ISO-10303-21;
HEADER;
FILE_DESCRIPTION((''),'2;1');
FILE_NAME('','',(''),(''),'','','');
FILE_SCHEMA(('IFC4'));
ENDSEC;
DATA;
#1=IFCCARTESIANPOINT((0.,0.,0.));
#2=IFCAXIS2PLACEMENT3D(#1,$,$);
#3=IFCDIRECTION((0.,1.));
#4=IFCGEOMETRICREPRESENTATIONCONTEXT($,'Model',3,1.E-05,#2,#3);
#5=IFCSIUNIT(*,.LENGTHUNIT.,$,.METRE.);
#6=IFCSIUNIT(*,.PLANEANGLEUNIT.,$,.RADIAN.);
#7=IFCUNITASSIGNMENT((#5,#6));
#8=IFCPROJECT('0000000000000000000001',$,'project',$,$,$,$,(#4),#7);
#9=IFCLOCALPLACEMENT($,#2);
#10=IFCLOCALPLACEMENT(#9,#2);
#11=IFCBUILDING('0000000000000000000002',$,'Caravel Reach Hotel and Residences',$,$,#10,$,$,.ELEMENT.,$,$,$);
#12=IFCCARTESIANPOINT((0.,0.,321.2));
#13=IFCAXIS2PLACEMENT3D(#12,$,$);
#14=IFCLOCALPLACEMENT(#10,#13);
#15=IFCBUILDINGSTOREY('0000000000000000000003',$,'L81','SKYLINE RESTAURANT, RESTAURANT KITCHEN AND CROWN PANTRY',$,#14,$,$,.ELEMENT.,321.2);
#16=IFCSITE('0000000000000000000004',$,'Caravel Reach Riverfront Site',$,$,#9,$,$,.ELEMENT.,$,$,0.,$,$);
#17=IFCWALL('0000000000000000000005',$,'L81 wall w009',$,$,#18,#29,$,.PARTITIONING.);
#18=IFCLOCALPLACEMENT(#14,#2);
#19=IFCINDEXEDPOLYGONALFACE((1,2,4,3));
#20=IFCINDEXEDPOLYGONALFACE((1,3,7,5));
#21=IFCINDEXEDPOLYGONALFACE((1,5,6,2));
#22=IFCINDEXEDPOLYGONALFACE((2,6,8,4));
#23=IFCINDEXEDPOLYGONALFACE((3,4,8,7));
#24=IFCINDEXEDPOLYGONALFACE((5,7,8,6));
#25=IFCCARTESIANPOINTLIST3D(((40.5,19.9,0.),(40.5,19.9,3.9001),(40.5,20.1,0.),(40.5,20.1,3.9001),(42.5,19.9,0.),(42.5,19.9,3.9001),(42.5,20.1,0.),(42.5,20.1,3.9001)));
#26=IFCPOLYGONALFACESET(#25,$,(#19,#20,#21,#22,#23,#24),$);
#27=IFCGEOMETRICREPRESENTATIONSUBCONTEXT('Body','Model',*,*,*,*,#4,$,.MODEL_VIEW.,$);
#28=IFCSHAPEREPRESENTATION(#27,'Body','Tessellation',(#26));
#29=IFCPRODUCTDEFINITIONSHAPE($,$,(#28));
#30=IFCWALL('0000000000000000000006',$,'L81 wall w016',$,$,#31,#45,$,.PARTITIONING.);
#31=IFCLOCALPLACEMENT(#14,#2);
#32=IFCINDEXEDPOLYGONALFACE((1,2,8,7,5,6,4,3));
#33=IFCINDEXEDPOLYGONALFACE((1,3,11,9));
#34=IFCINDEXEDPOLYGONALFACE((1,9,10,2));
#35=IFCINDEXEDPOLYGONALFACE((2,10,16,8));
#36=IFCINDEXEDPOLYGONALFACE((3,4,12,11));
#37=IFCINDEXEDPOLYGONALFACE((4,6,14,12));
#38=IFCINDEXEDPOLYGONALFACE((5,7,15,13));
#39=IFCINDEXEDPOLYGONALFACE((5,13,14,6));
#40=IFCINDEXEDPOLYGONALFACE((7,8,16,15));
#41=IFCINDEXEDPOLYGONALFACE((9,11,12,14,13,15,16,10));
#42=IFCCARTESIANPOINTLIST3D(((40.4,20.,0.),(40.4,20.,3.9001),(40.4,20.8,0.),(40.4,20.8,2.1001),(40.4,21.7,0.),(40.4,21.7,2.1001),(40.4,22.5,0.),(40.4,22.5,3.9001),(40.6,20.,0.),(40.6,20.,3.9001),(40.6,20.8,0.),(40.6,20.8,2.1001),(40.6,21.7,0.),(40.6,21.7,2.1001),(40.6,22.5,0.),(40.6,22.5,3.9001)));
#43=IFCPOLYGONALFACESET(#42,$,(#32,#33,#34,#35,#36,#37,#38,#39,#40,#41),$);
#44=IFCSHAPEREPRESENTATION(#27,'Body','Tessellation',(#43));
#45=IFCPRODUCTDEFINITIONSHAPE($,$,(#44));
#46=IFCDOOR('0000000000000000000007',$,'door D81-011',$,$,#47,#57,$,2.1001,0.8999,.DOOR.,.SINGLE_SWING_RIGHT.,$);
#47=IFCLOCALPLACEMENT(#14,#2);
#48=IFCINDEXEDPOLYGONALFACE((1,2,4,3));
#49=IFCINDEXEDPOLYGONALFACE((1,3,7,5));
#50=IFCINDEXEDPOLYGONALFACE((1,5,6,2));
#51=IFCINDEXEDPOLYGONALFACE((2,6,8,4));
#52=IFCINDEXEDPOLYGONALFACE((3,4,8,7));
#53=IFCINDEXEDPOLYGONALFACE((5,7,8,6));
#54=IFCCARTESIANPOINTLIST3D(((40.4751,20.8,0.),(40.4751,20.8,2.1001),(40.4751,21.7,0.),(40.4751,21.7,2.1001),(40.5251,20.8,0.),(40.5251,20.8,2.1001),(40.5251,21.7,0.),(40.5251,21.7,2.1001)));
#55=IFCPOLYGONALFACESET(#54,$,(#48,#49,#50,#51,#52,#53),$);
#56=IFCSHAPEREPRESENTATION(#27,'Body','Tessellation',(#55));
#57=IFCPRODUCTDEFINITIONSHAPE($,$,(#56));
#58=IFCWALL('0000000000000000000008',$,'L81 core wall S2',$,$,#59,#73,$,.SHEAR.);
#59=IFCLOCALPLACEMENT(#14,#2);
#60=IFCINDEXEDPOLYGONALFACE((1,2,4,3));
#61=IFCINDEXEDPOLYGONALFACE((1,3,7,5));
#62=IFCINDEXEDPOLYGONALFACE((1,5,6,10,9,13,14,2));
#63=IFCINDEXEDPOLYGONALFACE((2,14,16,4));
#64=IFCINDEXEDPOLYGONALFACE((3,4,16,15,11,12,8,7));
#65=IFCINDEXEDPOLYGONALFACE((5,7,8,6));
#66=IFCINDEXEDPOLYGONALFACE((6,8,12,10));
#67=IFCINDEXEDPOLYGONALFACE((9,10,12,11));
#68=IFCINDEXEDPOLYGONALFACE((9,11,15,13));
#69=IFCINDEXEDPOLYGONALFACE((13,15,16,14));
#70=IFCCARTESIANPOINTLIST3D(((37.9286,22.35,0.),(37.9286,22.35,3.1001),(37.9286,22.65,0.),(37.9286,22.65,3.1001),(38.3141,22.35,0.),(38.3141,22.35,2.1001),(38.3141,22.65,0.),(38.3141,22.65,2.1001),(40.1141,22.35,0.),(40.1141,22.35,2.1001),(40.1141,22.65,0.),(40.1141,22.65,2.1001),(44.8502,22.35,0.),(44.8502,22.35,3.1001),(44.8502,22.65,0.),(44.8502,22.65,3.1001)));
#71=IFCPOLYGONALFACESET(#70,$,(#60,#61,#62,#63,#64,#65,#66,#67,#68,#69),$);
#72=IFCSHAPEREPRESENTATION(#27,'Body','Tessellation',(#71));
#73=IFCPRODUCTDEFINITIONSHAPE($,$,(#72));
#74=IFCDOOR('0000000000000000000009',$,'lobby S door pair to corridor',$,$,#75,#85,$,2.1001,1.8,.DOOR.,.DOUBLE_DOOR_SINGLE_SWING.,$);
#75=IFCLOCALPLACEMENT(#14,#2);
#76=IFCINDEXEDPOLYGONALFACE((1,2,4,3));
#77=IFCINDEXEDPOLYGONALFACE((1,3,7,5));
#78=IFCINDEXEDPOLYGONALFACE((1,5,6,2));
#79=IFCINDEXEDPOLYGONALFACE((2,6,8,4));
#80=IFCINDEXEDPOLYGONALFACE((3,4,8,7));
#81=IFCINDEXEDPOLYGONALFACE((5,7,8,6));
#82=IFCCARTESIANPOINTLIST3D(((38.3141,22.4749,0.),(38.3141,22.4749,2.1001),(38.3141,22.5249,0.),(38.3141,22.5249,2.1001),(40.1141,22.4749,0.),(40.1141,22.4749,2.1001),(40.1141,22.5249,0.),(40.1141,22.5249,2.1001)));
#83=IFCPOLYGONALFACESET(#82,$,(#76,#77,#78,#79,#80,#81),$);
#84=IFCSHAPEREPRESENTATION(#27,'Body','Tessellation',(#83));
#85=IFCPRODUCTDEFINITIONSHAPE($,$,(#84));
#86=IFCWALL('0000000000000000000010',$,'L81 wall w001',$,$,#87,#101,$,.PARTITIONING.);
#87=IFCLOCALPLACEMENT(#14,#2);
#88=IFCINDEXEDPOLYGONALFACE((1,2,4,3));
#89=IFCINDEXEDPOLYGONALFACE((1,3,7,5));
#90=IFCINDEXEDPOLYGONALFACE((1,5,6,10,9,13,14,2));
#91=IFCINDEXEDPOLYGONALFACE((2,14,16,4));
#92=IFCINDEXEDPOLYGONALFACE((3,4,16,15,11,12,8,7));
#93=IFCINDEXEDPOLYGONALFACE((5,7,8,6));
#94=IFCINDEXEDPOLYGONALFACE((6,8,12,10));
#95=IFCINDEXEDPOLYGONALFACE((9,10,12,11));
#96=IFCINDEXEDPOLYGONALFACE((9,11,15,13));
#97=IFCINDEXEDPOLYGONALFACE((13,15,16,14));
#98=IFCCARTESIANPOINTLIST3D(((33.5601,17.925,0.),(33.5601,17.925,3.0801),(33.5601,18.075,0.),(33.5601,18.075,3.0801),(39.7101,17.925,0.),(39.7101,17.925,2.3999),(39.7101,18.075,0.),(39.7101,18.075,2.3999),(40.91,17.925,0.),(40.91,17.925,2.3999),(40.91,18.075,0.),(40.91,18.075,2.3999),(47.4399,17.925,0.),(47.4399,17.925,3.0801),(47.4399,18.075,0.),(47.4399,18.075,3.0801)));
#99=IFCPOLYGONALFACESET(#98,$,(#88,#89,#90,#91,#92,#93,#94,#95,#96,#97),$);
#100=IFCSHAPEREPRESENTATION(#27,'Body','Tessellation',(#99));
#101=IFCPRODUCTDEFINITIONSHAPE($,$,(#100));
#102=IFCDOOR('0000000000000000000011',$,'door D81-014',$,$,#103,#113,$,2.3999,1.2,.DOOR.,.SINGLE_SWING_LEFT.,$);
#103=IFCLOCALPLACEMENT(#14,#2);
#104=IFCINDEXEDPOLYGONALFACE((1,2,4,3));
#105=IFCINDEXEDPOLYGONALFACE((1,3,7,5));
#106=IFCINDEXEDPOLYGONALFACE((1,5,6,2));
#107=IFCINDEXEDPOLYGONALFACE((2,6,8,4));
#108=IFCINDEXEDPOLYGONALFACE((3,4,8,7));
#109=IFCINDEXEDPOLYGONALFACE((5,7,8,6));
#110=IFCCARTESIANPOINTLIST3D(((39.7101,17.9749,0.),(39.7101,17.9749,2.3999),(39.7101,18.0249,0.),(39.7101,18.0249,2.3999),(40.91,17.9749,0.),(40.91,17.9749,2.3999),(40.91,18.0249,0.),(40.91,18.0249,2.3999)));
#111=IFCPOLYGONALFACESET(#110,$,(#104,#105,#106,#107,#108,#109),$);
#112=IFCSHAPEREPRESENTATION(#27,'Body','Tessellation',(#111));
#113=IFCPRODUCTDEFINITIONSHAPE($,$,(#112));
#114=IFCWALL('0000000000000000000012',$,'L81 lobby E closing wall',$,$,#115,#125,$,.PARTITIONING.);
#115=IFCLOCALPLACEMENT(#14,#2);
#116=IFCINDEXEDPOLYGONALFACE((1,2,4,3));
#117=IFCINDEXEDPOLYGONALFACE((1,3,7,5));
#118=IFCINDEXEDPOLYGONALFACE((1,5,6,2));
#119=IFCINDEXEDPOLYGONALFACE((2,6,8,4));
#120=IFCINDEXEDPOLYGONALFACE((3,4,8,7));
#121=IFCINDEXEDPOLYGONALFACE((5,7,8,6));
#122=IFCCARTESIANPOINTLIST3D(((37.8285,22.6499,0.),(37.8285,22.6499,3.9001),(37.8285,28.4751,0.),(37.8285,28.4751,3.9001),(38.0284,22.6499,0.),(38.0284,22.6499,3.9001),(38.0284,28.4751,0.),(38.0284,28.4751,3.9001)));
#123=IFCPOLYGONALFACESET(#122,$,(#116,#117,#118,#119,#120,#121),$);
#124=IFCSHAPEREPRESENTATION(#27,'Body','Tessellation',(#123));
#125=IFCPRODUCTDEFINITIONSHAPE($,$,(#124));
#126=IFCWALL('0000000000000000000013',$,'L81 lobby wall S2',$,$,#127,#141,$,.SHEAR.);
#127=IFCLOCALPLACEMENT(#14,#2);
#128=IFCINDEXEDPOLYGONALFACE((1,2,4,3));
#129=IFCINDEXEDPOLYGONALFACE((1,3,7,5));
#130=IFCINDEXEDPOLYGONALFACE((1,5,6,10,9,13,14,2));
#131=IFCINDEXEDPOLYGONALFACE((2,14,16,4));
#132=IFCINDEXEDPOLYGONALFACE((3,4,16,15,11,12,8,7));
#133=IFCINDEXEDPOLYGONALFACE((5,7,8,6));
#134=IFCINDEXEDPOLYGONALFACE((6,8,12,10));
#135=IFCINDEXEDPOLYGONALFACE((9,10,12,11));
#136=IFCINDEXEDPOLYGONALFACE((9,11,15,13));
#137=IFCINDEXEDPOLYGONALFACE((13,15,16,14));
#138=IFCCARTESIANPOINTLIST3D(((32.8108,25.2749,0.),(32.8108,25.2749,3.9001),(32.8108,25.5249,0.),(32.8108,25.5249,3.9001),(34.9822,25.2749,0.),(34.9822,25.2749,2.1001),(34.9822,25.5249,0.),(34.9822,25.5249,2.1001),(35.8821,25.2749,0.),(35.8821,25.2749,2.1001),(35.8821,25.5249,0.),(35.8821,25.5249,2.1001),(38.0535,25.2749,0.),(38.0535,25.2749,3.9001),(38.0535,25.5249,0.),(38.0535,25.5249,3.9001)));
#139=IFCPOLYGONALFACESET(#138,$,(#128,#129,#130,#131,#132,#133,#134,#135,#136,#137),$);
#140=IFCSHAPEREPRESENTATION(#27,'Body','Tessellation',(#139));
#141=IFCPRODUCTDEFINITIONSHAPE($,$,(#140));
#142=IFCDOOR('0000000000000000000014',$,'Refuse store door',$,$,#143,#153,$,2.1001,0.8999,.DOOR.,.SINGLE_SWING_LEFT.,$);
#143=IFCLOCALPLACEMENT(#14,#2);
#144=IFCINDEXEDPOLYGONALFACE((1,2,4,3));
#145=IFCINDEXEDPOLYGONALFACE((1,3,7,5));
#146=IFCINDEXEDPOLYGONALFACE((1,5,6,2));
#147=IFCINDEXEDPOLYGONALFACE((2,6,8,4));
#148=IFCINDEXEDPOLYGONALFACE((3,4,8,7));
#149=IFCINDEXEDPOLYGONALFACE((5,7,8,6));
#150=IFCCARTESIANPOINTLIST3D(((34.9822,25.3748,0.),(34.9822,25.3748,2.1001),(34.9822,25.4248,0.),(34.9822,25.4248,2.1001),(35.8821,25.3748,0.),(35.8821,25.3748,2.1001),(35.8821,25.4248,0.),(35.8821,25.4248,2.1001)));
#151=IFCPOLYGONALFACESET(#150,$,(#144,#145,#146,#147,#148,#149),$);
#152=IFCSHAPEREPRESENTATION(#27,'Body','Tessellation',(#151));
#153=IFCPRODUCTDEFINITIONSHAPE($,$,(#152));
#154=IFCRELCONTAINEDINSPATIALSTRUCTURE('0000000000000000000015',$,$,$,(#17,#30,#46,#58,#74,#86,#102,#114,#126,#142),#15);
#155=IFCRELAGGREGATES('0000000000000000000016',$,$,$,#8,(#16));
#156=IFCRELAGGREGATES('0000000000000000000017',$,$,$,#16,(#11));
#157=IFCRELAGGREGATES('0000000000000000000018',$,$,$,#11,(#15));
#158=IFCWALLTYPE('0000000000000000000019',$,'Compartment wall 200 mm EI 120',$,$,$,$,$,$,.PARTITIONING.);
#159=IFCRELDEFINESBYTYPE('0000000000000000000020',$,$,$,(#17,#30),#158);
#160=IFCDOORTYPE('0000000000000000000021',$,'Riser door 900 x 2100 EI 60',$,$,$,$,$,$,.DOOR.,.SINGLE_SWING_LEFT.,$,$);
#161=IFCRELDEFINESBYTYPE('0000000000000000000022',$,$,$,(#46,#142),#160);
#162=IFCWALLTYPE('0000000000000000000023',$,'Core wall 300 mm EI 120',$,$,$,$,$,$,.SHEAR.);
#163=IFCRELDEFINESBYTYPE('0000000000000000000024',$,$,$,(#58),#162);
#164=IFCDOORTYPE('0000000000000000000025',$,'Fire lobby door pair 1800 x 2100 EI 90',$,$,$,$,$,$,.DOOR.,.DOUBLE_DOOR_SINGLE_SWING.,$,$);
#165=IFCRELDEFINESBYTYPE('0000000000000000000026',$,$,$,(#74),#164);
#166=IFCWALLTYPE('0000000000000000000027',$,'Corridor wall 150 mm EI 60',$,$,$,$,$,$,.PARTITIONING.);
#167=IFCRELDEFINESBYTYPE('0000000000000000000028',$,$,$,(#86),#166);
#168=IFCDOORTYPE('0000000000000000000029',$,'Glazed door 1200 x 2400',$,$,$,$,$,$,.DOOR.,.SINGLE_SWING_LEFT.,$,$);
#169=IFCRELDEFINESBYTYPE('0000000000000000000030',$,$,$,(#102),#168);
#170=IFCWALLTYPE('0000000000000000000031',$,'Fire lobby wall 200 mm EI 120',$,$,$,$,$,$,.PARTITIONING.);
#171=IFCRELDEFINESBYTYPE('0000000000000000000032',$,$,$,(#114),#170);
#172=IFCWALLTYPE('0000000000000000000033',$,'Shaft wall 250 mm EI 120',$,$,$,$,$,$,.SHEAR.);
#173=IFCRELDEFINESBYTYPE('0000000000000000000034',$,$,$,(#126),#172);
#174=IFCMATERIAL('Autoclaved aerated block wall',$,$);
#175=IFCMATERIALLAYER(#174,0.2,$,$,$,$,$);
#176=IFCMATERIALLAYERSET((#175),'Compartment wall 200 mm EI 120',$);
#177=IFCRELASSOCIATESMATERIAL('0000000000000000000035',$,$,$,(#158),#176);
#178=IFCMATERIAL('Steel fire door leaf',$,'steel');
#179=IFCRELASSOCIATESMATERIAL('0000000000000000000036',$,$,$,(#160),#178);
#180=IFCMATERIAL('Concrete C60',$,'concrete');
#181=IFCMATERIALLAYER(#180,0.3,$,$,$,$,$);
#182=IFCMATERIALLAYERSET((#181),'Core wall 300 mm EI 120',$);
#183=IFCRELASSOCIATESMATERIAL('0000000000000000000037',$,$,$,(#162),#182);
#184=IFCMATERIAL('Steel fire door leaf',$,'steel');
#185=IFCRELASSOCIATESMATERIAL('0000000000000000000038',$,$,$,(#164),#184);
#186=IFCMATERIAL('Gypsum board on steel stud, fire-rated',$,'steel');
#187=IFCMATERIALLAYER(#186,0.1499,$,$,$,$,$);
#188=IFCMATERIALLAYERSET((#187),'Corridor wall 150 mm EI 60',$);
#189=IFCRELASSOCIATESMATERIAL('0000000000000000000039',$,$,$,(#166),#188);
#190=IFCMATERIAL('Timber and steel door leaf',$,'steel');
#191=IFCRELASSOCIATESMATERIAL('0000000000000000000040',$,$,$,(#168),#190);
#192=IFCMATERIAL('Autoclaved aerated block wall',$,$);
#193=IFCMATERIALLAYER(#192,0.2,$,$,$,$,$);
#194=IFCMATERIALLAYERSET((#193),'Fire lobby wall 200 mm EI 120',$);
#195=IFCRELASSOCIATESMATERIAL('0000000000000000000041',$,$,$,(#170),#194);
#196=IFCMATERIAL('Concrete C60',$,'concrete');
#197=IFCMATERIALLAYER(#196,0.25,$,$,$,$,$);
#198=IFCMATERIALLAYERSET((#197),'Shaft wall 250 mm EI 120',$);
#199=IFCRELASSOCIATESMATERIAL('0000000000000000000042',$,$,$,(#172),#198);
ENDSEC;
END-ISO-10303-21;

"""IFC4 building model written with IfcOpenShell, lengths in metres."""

from ifc_helpers import new_model, si_unit, direction, frame, frame_2d, origin, place, context, subcontext, project, spatial, rectangle, extrude, material, layer, layer_set, type_object, element, fill, save


model = new_model("IFC4")

# Units and contexts
model_context = context("Model", 3, precision=1e-05, world=origin(), true_north=direction((0.0, 1.0)))
body_context = subcontext(model_context, "Body", "Model", "MODEL_VIEW")
ifc_project = project(units=[si_unit("LENGTHUNIT", "METRE"), si_unit("PLANEANGLEUNIT", "RADIAN")], contexts=[model_context])

# Site, building, storey
site_placement = place(None, origin())
site = spatial("IfcSite", under=ifc_project, at=site_placement, Name="Caravel Reach Riverfront Site", CompositionType="ELEMENT", RefElevation=0.0)
building_placement = place(site_placement, origin())
building = spatial("IfcBuilding", under=site, at=building_placement, Name="Caravel Reach Hotel and Residences", CompositionType="ELEMENT")
storey_placement = place(building_placement, frame((0.0, 0.0, 321.2)))
storey = spatial("IfcBuildingStorey", under=building, at=storey_placement, Name="L81", Description="SKYLINE RESTAURANT, RESTAURANT KITCHEN AND CROWN PANTRY", CompositionType="ELEMENT", Elevation=321.2)

# Wall
ifc_material_1 = material(Name="Autoclaved aerated block wall")
ifc_layer_1 = layer(ifc_material_1, 0.2)
ifc_layer_set_1 = layer_set([ifc_layer_1], Name="Compartment wall 200 mm EI 120")
wall_type_1 = type_object("IfcWallType", Name="Compartment wall 200 mm EI 120", PredefinedType="PARTITIONING", material=ifc_layer_set_1)
wall_1_placement = place(storey_placement, frame((40.5, 20.0, 0.0), z_axis=(0.0, 0.0, 1.0), x_axis=(1.0, 0.0, 0.0)))
element("IfcWall", 1, at=wall_1_placement, inside=storey, type_object=wall_type_1, Name="L81 wall w009", PredefinedType="PARTITIONING", context=body_context, shape_type="SweptSolid", body=[
    extrude(rectangle(XDim=2.0, YDim=0.2, at=frame_2d((1.0, 0.0))), origin(), (0.0, 0.0, 1.0), 3.9001),
])

# Walls, openings, doors
wall_2_placement = place(storey_placement, frame((40.5, 20.0, 0.0), z_axis=(0.0, 0.0, 1.0), x_axis=(0.0, 1.0, 0.0)))
wall_2 = element("IfcWall", 2, at=wall_2_placement, inside=storey, type_object=wall_type_1, Name="L81 wall w016", PredefinedType="PARTITIONING", context=body_context, shape_type="SweptSolid", body=[
    extrude(rectangle(XDim=2.5, YDim=0.2, at=frame_2d((1.25, 0.0))), origin(), (0.0, 0.0, 1.0), 3.9001),
])
opening_1_placement = place(wall_2_placement, frame((0.8, 0.0, 0.0)))
opening_1 = element("IfcOpeningElement", 3, at=opening_1_placement, cuts=wall_2, PredefinedType="OPENING", context=body_context, shape_type="SweptSolid", body=[
    extrude(rectangle(XDim=0.8999, YDim=2.1001, at=frame_2d((0.45, 1.05))), frame((0.0, 0.1099, 0.0), z_axis=(0.0, -1.0, 0.0), x_axis=(1.0, 0.0, 0.0)), (0.0, 0.0, 1.0), 0.22),
])
ifc_material_2 = material(Name="Steel fire door leaf", Category="steel")
door_type_1 = type_object("IfcDoorType", Name="Riser door 900 x 2100 EI 60", OperationType="SINGLE_SWING_LEFT", PredefinedType="DOOR", material=ifc_material_2)
door_1_placement = place(opening_1_placement, origin())
door_1 = element("IfcDoor", 4, at=door_1_placement, inside=storey, type_object=door_type_1, Name="door D81-011", OperationType="SINGLE_SWING_RIGHT", OverallHeight=2.1001, OverallWidth=0.8999, PredefinedType="DOOR", context=body_context, shape_type="SweptSolid", body=[
    extrude(rectangle(XDim=0.8999, YDim=2.1001, at=frame_2d((0.45, 1.05))), frame((0.0, 0.0249, 0.0), z_axis=(0.0, -1.0, 0.0), x_axis=(1.0, 0.0, 0.0)), (0.0, 0.0, 1.0), 0.05),
])
fill(opening_1, door_1)
ifc_material_3 = material(Name="Concrete C60", Category="concrete")
ifc_layer_2 = layer(ifc_material_3, 0.3)
ifc_layer_set_2 = layer_set([ifc_layer_2], Name="Core wall 300 mm EI 120")
wall_type_2 = type_object("IfcWallType", Name="Core wall 300 mm EI 120", PredefinedType="SHEAR", material=ifc_layer_set_2)
wall_3_placement = place(storey_placement, frame((37.9285, 22.5, 0.0), z_axis=(0.0, 0.0, 1.0), x_axis=(1.0, 0.0, 0.0)))
wall_3 = element("IfcWall", 5, at=wall_3_placement, inside=storey, type_object=wall_type_2, Name="L81 core wall S2", PredefinedType="SHEAR", context=body_context, shape_type="SweptSolid", body=[
    extrude(rectangle(XDim=6.9216, YDim=0.3, at=frame_2d((3.4609, 0.0))), origin(), (0.0, 0.0, 1.0), 3.1001),
])
opening_2_placement = place(wall_3_placement, frame((0.3857, 0.0, 0.0)))
opening_2 = element("IfcOpeningElement", 6, at=opening_2_placement, cuts=wall_3, PredefinedType="OPENING", context=body_context, shape_type="SweptSolid", body=[
    extrude(rectangle(XDim=1.8, YDim=2.1001, at=frame_2d((0.8999, 1.05))), frame((0.0, 0.1599, 0.0), z_axis=(0.0, -1.0, 0.0), x_axis=(1.0, 0.0, 0.0)), (0.0, 0.0, 1.0), 0.3201),
])
ifc_material_4 = material(Name="Steel fire door leaf", Category="steel")
door_type_2 = type_object("IfcDoorType", Name="Fire lobby door pair 1800 x 2100 EI 90", OperationType="DOUBLE_DOOR_SINGLE_SWING", PredefinedType="DOOR", material=ifc_material_4)
door_2_placement = place(opening_2_placement, origin())
door_2 = element("IfcDoor", 7, at=door_2_placement, inside=storey, type_object=door_type_2, Name="lobby S door pair to corridor", OperationType="DOUBLE_DOOR_SINGLE_SWING", OverallHeight=2.1001, OverallWidth=1.8, PredefinedType="DOOR", context=body_context, shape_type="SweptSolid", body=[
    extrude(rectangle(XDim=1.8, YDim=2.1001, at=frame_2d((0.8999, 1.05))), frame((0.0, 0.0249, 0.0), z_axis=(0.0, -1.0, 0.0), x_axis=(1.0, 0.0, 0.0)), (0.0, 0.0, 1.0), 0.05),
])
fill(opening_2, door_2)
ifc_material_5 = material(Name="Gypsum board on steel stud, fire-rated", Category="steel")
ifc_layer_3 = layer(ifc_material_5, 0.1499)
ifc_layer_set_3 = layer_set([ifc_layer_3], Name="Corridor wall 150 mm EI 60")
wall_type_3 = type_object("IfcWallType", Name="Corridor wall 150 mm EI 60", PredefinedType="PARTITIONING", material=ifc_layer_set_3)
wall_4_placement = place(storey_placement, frame((33.5601, 18.0, 0.0), z_axis=(0.0, 0.0, 1.0), x_axis=(1.0, 0.0, 0.0)))
wall_4 = element("IfcWall", 8, at=wall_4_placement, inside=storey, type_object=wall_type_3, Name="L81 wall w001", PredefinedType="PARTITIONING", context=body_context, shape_type="SweptSolid", body=[
    extrude(rectangle(XDim=13.8799, YDim=0.1499, at=frame_2d((6.9399, 0.0))), origin(), (0.0, 0.0, 1.0), 3.0801),
])
opening_3_placement = place(wall_4_placement, frame((6.1499, 0.0, 0.0)))
opening_3 = element("IfcOpeningElement", 9, at=opening_3_placement, cuts=wall_4, PredefinedType="OPENING", context=body_context, shape_type="SweptSolid", body=[
    extrude(rectangle(XDim=1.2, YDim=2.3999, at=frame_2d((0.6001, 1.2))), frame((0.0, 0.085, 0.0), z_axis=(0.0, -1.0, 0.0), x_axis=(1.0, 0.0, 0.0)), (0.0, 0.0, 1.0), 0.1699),
])
ifc_material_6 = material(Name="Timber and steel door leaf", Category="steel")
door_type_3 = type_object("IfcDoorType", Name="Glazed door 1200 x 2400", OperationType="SINGLE_SWING_LEFT", PredefinedType="DOOR", material=ifc_material_6)
door_3_placement = place(opening_3_placement, origin())
door_3 = element("IfcDoor", 10, at=door_3_placement, inside=storey, type_object=door_type_3, Name="door D81-014", OperationType="SINGLE_SWING_LEFT", OverallHeight=2.3999, OverallWidth=1.2, PredefinedType="DOOR", context=body_context, shape_type="SweptSolid", body=[
    extrude(rectangle(XDim=1.2, YDim=2.3999, at=frame_2d((0.6001, 1.2))), frame((0.0, 0.0249, 0.0), z_axis=(0.0, -1.0, 0.0), x_axis=(1.0, 0.0, 0.0)), (0.0, 0.0, 1.0), 0.05),
])
fill(opening_3, door_3)

# Wall
ifc_material_7 = material(Name="Autoclaved aerated block wall")
ifc_layer_4 = layer(ifc_material_7, 0.2)
ifc_layer_set_4 = layer_set([ifc_layer_4], Name="Fire lobby wall 200 mm EI 120")
wall_type_4 = type_object("IfcWallType", Name="Fire lobby wall 200 mm EI 120", PredefinedType="PARTITIONING", material=ifc_layer_set_4)
wall_5_placement = place(storey_placement, frame((37.9285, 22.6499, 0.0), z_axis=(0.0, 0.0, 1.0), x_axis=(0.0, 1.0, 0.0)))
element("IfcWall", 11, at=wall_5_placement, inside=storey, type_object=wall_type_4, Name="L81 lobby E closing wall", PredefinedType="PARTITIONING", context=body_context, shape_type="SweptSolid", body=[
    extrude(rectangle(XDim=5.8252, YDim=0.2, at=frame_2d((2.9126, 0.0))), origin(), (0.0, 0.0, 1.0), 3.9001),
])

# Wall, opening, door
ifc_material_8 = material(Name="Concrete C60", Category="concrete")
ifc_layer_5 = layer(ifc_material_8, 0.25)
ifc_layer_set_5 = layer_set([ifc_layer_5], Name="Shaft wall 250 mm EI 120")
wall_type_5 = type_object("IfcWallType", Name="Shaft wall 250 mm EI 120", PredefinedType="SHEAR", material=ifc_layer_set_5)
wall_6_placement = place(storey_placement, frame((32.8108, 25.3999, 0.0), z_axis=(0.0, 0.0, 1.0), x_axis=(1.0, 0.0, 0.0)))
wall_6 = element("IfcWall", 12, at=wall_6_placement, inside=storey, type_object=wall_type_5, Name="L81 lobby wall S2", PredefinedType="SHEAR", context=body_context, shape_type="SweptSolid", body=[
    extrude(rectangle(XDim=5.2427, YDim=0.25, at=frame_2d((2.6213, 0.0))), origin(), (0.0, 0.0, 1.0), 3.9001),
])
opening_4_placement = place(wall_6_placement, frame((2.1714, 0.0, 0.0)))
opening_4 = element("IfcOpeningElement", 13, at=opening_4_placement, cuts=wall_6, PredefinedType="OPENING", context=body_context, shape_type="SweptSolid", body=[
    extrude(rectangle(XDim=0.8999, YDim=2.1001, at=frame_2d((0.45, 1.05))), frame((0.0, 0.135, 0.0), z_axis=(0.0, -1.0, 0.0), x_axis=(1.0, 0.0, 0.0)), (0.0, 0.0, 1.0), 0.27),
])
door_4_placement = place(opening_4_placement, origin())
door_4 = element("IfcDoor", 14, at=door_4_placement, inside=storey, type_object=door_type_1, Name="Refuse store door", OperationType="SINGLE_SWING_LEFT", OverallHeight=2.1001, OverallWidth=0.8999, PredefinedType="DOOR", context=body_context, shape_type="SweptSolid", body=[
    extrude(rectangle(XDim=0.8999, YDim=2.1001, at=frame_2d((0.45, 1.05))), frame((0.0, 0.0249, 0.0), z_axis=(0.0, -1.0, 0.0), x_axis=(1.0, 0.0, 0.0)), (0.0, 0.0, 1.0), 0.05),
])
fill(opening_4, door_4)

save(model, "model.ifc")
